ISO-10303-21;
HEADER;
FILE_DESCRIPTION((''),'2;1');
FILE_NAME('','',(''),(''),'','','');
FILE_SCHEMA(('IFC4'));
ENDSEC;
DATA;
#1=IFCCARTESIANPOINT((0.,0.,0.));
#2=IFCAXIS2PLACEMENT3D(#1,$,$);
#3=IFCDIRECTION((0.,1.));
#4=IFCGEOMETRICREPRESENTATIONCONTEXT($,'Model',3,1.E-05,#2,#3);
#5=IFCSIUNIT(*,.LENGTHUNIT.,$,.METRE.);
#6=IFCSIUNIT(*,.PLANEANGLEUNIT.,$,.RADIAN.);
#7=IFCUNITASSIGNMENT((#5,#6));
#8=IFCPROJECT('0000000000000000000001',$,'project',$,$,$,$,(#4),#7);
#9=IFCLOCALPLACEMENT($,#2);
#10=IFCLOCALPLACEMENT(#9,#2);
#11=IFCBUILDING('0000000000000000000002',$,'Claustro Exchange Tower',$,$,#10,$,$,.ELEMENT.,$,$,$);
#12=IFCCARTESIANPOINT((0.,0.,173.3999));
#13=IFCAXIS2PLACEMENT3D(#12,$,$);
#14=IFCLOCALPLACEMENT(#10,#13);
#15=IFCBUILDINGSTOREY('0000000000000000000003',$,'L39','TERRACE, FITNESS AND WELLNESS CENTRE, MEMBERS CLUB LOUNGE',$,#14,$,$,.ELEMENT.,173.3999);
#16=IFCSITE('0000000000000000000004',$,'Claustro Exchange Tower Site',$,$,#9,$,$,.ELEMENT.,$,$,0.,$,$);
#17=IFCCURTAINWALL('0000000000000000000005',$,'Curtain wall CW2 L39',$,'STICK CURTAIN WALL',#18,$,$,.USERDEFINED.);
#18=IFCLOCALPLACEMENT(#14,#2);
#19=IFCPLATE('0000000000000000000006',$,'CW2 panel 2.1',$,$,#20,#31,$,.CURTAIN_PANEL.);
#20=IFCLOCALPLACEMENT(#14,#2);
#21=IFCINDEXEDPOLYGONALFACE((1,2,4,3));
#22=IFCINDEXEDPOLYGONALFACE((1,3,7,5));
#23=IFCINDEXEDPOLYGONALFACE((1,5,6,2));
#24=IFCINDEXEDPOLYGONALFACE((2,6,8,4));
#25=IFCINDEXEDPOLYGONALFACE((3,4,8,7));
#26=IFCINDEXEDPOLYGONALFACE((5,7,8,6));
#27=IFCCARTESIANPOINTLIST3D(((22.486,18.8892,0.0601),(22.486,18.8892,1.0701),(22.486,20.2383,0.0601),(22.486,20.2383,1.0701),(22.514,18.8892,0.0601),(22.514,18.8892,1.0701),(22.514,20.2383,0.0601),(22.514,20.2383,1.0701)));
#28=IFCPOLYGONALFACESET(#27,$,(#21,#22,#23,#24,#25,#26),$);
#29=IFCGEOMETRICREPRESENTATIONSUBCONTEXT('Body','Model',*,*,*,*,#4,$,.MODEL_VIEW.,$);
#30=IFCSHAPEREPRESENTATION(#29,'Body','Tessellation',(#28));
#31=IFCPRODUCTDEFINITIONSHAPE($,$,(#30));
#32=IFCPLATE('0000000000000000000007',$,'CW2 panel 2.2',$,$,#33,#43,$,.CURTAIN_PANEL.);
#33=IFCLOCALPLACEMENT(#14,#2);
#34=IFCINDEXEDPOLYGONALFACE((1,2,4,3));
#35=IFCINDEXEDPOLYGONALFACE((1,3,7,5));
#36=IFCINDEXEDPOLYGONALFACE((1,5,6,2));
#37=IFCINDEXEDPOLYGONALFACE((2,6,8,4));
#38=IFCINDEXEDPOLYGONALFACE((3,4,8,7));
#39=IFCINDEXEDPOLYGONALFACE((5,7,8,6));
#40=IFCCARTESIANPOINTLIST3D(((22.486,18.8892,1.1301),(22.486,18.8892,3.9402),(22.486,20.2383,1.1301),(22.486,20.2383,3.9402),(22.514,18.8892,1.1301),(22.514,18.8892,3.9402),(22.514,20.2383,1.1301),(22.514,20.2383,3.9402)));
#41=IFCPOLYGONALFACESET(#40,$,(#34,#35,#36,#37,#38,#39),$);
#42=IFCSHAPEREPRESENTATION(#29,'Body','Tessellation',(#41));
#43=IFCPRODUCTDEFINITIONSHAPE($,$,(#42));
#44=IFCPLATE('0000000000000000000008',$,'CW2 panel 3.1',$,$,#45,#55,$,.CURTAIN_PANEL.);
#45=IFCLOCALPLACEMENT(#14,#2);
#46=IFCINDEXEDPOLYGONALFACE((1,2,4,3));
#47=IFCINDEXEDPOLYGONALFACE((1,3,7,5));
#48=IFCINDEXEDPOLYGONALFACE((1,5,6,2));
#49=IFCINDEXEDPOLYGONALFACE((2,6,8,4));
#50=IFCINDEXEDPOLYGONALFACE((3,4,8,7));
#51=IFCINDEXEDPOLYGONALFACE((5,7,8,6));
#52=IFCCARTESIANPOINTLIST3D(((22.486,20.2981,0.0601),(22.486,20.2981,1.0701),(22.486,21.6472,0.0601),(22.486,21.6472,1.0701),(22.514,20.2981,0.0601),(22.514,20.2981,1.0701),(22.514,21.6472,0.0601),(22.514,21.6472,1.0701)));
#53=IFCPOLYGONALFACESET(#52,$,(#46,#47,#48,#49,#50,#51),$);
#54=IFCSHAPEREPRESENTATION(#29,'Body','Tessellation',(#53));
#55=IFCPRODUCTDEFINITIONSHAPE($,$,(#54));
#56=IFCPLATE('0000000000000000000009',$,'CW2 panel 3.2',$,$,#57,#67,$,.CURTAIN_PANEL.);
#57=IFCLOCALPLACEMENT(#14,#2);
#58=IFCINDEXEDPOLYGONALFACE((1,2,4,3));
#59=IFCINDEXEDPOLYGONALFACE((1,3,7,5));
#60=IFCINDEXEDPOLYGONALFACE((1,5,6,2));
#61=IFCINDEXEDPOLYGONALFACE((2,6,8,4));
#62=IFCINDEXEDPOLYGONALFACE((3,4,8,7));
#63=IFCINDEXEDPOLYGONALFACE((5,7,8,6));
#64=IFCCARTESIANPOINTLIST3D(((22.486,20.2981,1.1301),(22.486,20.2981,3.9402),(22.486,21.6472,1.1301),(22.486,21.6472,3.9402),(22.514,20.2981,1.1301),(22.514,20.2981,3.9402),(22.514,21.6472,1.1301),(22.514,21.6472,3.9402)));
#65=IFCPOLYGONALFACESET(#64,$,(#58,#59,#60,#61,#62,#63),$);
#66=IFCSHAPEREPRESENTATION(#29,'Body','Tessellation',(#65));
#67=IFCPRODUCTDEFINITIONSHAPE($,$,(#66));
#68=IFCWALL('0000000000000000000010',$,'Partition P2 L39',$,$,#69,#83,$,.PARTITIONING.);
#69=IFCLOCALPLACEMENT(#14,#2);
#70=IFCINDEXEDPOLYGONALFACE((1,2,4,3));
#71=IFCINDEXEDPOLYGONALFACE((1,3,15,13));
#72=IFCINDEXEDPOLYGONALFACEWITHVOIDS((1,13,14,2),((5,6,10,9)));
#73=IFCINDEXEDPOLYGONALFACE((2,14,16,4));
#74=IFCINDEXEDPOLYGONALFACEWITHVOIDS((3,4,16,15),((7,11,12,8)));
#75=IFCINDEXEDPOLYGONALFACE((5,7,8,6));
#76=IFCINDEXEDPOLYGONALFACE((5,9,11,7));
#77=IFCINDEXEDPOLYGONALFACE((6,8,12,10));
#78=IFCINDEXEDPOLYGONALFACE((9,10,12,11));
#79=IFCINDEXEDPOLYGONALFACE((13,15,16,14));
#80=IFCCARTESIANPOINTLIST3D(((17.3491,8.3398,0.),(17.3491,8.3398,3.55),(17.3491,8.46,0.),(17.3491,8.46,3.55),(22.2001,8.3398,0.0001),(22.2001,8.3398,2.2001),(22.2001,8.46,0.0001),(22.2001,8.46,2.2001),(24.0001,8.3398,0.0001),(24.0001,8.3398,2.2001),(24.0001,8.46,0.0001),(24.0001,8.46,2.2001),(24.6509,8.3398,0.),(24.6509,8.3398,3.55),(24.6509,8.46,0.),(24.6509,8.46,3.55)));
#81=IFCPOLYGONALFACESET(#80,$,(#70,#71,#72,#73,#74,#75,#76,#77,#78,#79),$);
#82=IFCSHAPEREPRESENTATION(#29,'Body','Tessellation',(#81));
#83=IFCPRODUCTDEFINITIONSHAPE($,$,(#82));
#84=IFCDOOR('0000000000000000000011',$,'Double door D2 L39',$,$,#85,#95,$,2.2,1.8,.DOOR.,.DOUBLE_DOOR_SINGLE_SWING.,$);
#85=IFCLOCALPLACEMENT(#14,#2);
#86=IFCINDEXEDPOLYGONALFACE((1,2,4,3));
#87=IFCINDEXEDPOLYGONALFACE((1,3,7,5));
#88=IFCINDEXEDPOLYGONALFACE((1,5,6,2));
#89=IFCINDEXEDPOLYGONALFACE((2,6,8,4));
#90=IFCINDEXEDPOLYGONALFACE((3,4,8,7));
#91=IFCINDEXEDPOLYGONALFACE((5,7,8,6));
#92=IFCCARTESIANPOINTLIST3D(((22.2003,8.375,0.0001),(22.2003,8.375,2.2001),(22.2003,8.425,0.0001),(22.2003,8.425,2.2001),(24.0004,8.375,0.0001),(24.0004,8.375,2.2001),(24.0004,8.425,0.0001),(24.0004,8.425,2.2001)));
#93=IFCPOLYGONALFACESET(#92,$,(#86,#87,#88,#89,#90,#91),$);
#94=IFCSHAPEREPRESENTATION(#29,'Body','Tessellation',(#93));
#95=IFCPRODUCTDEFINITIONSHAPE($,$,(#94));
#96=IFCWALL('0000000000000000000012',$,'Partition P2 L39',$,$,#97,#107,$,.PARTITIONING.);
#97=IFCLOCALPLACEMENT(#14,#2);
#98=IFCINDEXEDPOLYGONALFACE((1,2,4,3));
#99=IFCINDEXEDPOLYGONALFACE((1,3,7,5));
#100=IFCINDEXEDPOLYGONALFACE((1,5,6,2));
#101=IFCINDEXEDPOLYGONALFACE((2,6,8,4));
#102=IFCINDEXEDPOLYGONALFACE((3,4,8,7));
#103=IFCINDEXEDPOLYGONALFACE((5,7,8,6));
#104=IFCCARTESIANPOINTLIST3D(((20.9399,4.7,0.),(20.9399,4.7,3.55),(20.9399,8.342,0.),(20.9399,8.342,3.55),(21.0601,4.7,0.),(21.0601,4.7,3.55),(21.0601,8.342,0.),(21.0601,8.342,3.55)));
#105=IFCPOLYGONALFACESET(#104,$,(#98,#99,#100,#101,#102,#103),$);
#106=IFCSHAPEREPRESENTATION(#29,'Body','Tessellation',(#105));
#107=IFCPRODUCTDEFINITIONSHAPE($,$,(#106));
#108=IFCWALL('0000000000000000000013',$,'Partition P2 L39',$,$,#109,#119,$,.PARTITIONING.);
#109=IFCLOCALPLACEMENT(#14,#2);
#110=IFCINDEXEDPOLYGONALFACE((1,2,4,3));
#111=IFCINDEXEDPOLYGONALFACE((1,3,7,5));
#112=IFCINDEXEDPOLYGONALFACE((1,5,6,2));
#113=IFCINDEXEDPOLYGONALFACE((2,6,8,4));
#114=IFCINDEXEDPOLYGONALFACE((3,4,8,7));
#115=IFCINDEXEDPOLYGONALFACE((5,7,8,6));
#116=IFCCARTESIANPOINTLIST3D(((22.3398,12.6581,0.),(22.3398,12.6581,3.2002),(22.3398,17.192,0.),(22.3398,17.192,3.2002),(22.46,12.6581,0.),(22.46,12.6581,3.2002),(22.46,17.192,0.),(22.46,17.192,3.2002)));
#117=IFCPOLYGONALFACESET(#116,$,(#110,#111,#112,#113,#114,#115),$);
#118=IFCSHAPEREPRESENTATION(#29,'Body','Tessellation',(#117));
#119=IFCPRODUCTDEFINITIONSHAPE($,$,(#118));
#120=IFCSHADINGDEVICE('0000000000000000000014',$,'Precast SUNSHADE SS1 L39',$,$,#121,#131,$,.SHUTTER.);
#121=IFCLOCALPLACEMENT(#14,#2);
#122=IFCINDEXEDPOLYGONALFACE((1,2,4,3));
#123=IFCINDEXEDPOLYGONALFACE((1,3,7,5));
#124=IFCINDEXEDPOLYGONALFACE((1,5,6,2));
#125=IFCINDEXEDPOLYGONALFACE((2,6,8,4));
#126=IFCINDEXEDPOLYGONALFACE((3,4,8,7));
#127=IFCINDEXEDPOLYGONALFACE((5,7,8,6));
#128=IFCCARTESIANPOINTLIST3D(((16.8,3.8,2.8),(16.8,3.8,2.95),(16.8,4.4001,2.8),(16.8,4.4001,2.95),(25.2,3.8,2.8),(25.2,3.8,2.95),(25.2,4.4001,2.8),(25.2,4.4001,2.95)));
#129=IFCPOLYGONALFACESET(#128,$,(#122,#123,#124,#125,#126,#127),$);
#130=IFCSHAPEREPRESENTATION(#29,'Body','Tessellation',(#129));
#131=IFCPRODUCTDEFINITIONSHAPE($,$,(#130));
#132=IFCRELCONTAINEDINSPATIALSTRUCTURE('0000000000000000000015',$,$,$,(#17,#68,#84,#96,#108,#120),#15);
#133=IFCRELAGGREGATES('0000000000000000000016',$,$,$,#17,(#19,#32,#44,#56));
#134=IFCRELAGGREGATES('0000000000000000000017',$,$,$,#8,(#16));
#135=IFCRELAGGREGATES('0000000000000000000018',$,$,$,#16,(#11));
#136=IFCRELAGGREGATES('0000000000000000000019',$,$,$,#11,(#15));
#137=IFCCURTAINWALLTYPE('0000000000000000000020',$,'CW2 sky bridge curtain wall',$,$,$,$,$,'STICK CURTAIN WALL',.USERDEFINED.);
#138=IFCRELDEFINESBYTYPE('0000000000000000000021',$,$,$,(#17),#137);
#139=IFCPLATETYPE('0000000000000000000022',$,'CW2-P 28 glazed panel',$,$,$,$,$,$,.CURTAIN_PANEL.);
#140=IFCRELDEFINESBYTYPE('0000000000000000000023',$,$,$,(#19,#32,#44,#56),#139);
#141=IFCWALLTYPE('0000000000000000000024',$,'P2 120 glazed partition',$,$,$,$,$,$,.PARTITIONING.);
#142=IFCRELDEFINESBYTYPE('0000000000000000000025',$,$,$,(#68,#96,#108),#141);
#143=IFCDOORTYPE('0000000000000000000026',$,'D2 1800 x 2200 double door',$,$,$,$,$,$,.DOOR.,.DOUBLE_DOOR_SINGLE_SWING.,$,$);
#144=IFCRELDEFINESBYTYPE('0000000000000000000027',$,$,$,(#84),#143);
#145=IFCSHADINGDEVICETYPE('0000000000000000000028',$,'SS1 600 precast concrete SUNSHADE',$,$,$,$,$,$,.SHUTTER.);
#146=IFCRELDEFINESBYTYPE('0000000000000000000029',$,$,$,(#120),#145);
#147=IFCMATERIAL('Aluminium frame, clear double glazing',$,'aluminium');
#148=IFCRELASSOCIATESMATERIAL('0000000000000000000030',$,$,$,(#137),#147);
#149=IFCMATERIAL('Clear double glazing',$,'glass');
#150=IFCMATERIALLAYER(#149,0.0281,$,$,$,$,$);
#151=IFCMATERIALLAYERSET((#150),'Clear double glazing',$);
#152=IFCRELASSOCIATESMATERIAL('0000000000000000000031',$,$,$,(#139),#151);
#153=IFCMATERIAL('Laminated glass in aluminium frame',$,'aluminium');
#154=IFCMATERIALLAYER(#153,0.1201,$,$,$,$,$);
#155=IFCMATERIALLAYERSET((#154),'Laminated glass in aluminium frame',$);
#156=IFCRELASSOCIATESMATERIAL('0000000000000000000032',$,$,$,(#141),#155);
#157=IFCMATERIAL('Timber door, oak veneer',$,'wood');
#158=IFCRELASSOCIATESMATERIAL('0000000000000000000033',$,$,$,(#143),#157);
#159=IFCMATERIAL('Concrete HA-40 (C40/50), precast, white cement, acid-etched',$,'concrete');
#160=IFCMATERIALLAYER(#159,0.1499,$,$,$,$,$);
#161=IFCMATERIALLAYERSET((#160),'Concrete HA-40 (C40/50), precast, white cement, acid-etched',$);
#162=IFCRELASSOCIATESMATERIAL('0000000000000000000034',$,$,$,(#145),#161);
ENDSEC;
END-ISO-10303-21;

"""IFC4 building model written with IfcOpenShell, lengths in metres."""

from ifc_helpers import new_model, si_unit, direction, frame, frame_2d, origin, origin_2d, place, context, subcontext, project, spatial, rectangle, extrude, material, layer, layer_set, type_object, element, fill, aggregate, save


model = new_model("IFC4")

# Units and contexts
model_context = context("Model", 3, precision=1e-05, world=origin(), true_north=direction((0.0, 1.0)))
body_context = subcontext(model_context, "Body", "Model", "MODEL_VIEW")
ifc_project = project(units=[si_unit("LENGTHUNIT", "METRE"), si_unit("PLANEANGLEUNIT", "RADIAN")], contexts=[model_context])

# Site, building, storey
site_placement = place(None, origin())
site = spatial("IfcSite", under=ifc_project, at=site_placement, Name="Claustro Exchange Tower Site", CompositionType="ELEMENT", RefElevation=0.0)
building_placement = place(site_placement, origin())
building = spatial("IfcBuilding", under=site, at=building_placement, Name="Claustro Exchange Tower", CompositionType="ELEMENT")
storey_placement = place(building_placement, frame((0.0, 0.0, 173.3999)))
storey = spatial("IfcBuildingStorey", under=building, at=storey_placement, Name="L39", Description="TERRACE, FITNESS AND WELLNESS CENTRE, MEMBERS CLUB LOUNGE", CompositionType="ELEMENT", Elevation=173.3999)

# Curtain wall, plates
ifc_material_1 = material(Name="Aluminium frame, clear double glazing", Category="aluminium")
curtain_wall_type = type_object("IfcCurtainWallType", Name="CW2 sky bridge curtain wall", ElementType="STICK CURTAIN WALL", PredefinedType="USERDEFINED", material=ifc_material_1)
curtain_wall_placement = place(storey_placement, origin())
curtain_wall = element("IfcCurtainWall", 1, at=curtain_wall_placement, inside=storey, type_object=curtain_wall_type, Name="Curtain wall CW2 L39", ObjectType="STICK CURTAIN WALL", PredefinedType="USERDEFINED")
ifc_material_2 = material(Name="Clear double glazing", Category="glass")
ifc_layer_1 = layer(ifc_material_2, 0.0281)
ifc_layer_set_1 = layer_set([ifc_layer_1], Name="Clear double glazing")
plate_type = type_object("IfcPlateType", Name="CW2-P 28 glazed panel", PredefinedType="CURTAIN_PANEL", material=ifc_layer_set_1)
plate_1_placement = place(storey_placement, frame((22.5, 19.5637, 0.0601), z_axis=(0.0, 0.0, 1.0), x_axis=(0.0, 1.0, 0.0)))
plate_1 = element("IfcPlate", 2, at=plate_1_placement, type_object=plate_type, Name="CW2 panel 2.1", PredefinedType="CURTAIN_PANEL", context=body_context, shape_type="SweptSolid", body=[
    extrude(rectangle(XDim=1.3491, YDim=0.0281, at=origin_2d()), origin(), (0.0, 0.0, 1.0), 1.01),
])
plate_2_placement = place(storey_placement, frame((22.5, 19.5637, 1.1301), z_axis=(0.0, 0.0, 1.0), x_axis=(0.0, 1.0, 0.0)))
plate_2 = element("IfcPlate", 3, at=plate_2_placement, type_object=plate_type, Name="CW2 panel 2.2", PredefinedType="CURTAIN_PANEL", context=body_context, shape_type="SweptSolid", body=[
    extrude(rectangle(XDim=1.3491, YDim=0.0281, at=origin_2d()), origin(), (0.0, 0.0, 1.0), 2.8101),
])
plate_3_placement = place(storey_placement, frame((22.5, 20.9727, 0.0601), z_axis=(0.0, 0.0, 1.0), x_axis=(0.0, 1.0, 0.0)))
plate_3 = element("IfcPlate", 4, at=plate_3_placement, type_object=plate_type, Name="CW2 panel 3.1", PredefinedType="CURTAIN_PANEL", context=body_context, shape_type="SweptSolid", body=[
    extrude(rectangle(XDim=1.3491, YDim=0.0281, at=origin_2d()), origin(), (0.0, 0.0, 1.0), 1.01),
])
plate_4_placement = place(storey_placement, frame((22.5, 20.9727, 1.1301), z_axis=(0.0, 0.0, 1.0), x_axis=(0.0, 1.0, 0.0)))
plate_4 = element("IfcPlate", 5, at=plate_4_placement, type_object=plate_type, Name="CW2 panel 3.2", PredefinedType="CURTAIN_PANEL", context=body_context, shape_type="SweptSolid", body=[
    extrude(rectangle(XDim=1.3491, YDim=0.0281, at=origin_2d()), origin(), (0.0, 0.0, 1.0), 2.8101),
])
aggregate(curtain_wall, [plate_1, plate_2, plate_3, plate_4])

# Wall, opening, door
ifc_material_3 = material(Name="Laminated glass in aluminium frame", Category="aluminium")
ifc_layer_2 = layer(ifc_material_3, 0.1201)
ifc_layer_set_2 = layer_set([ifc_layer_2], Name="Laminated glass in aluminium frame")
wall_type_1 = type_object("IfcWallType", Name="P2 120 glazed partition", PredefinedType="PARTITIONING", material=ifc_layer_set_2)
wall_1_placement = place(storey_placement, frame((17.3491, 8.3999, 0.0), z_axis=(0.0, 0.0, 1.0), x_axis=(1.0, 0.0, 0.0)))
wall_1 = element("IfcWall", 6, at=wall_1_placement, inside=storey, type_object=wall_type_1, Name="Partition P2 L39", PredefinedType="PARTITIONING", context=body_context, shape_type="SweptSolid", body=[
    extrude(rectangle(XDim=7.3018, YDim=0.1201, at=frame_2d((3.6509, 0.0))), origin(), (0.0, 0.0, 1.0), 3.55),
])
opening_1_placement = place(wall_1_placement, frame((4.8511, 0.0, 0.0)))
opening_1 = element("IfcOpeningElement", 7, at=opening_1_placement, cuts=wall_1, PredefinedType="OPENING", context=body_context, shape_type="SweptSolid", body=[
    extrude(rectangle(XDim=1.8, YDim=2.2, at=frame_2d((0.8999, 1.1001))), frame((0.0, 0.0701, 0.0), z_axis=(0.0, -1.0, 0.0), x_axis=(1.0, 0.0, 0.0)), (0.0, 0.0, 1.0), 0.1401),
])
ifc_material_4 = material(Name="Timber door, oak veneer", Category="wood")
door_type_1 = type_object("IfcDoorType", Name="D2 1800 x 2200 double door", OperationType="DOUBLE_DOOR_SINGLE_SWING", PredefinedType="DOOR", material=ifc_material_4)
door_1_placement = place(opening_1_placement, frame((1.8, 0.0, 0.0), z_axis=(0.0, 0.0, 1.0), x_axis=(-1.0, 0.0, 0.0)))
door_1 = element("IfcDoor", 8, at=door_1_placement, inside=storey, type_object=door_type_1, Name="Double door D2 L39", OperationType="DOUBLE_DOOR_SINGLE_SWING", OverallHeight=2.2, OverallWidth=1.8, PredefinedType="DOOR", context=body_context, shape_type="SweptSolid", body=[
    extrude(rectangle(XDim=1.8, YDim=2.2, at=frame_2d((0.8999, 1.1001))), frame((0.0, 0.0249, 0.0), z_axis=(0.0, -1.0, 0.0), x_axis=(1.0, 0.0, 0.0)), (0.0, 0.0, 1.0), 0.05),
])
fill(opening_1, door_1)

# Walls
wall_2_placement = place(storey_placement, frame((21.0, 4.7, 0.0), z_axis=(0.0, 0.0, 1.0), x_axis=(0.0, 1.0, 0.0)))
element("IfcWall", 9, at=wall_2_placement, inside=storey, type_object=wall_type_1, Name="Partition P2 L39", PredefinedType="PARTITIONING", context=body_context, shape_type="SweptSolid", body=[
    extrude(rectangle(XDim=3.6421, YDim=0.1201, at=frame_2d((1.821, 0.0))), origin(), (0.0, 0.0, 1.0), 3.55),
])
wall_3_placement = place(storey_placement, frame((22.3999, 12.658, 0.0), z_axis=(0.0, 0.0, 1.0), x_axis=(0.0, 1.0, 0.0)))
element("IfcWall", 10, at=wall_3_placement, inside=storey, type_object=wall_type_1, Name="Partition P2 L39", PredefinedType="PARTITIONING", context=body_context, shape_type="SweptSolid", body=[
    extrude(rectangle(XDim=4.5339, YDim=0.1201, at=frame_2d((2.2671, 0.0))), origin(), (0.0, 0.0, 1.0), 3.2002),
])

# Shading device
ifc_material_5 = material(Name="Concrete HA-40 (C40/50), precast, white cement, acid-etched", Category="concrete")
ifc_layer_3 = layer(ifc_material_5, 0.1499)
ifc_layer_set_3 = layer_set([ifc_layer_3], Name="Concrete HA-40 (C40/50), precast, white cement, acid-etched")
shading_device_type = type_object("IfcShadingDeviceType", Name="SS1 600 precast concrete SUNSHADE", PredefinedType="SHUTTER", material=ifc_layer_set_3)
shading_device_placement = place(storey_placement, frame((21.0, 4.1001, 2.8), z_axis=(0.0, 0.0, 1.0), x_axis=(-1.0, 0.0, 0.0)))
element("IfcShadingDevice", 11, at=shading_device_placement, inside=storey, type_object=shading_device_type, Name="Precast SUNSHADE SS1 L39", PredefinedType="SHUTTER", context=body_context, shape_type="SweptSolid", body=[
    extrude(rectangle(XDim=8.3999, YDim=0.6001, at=origin_2d()), origin(), (0.0, 0.0, 1.0), 0.1499),
])

save(model, "model.ifc")
